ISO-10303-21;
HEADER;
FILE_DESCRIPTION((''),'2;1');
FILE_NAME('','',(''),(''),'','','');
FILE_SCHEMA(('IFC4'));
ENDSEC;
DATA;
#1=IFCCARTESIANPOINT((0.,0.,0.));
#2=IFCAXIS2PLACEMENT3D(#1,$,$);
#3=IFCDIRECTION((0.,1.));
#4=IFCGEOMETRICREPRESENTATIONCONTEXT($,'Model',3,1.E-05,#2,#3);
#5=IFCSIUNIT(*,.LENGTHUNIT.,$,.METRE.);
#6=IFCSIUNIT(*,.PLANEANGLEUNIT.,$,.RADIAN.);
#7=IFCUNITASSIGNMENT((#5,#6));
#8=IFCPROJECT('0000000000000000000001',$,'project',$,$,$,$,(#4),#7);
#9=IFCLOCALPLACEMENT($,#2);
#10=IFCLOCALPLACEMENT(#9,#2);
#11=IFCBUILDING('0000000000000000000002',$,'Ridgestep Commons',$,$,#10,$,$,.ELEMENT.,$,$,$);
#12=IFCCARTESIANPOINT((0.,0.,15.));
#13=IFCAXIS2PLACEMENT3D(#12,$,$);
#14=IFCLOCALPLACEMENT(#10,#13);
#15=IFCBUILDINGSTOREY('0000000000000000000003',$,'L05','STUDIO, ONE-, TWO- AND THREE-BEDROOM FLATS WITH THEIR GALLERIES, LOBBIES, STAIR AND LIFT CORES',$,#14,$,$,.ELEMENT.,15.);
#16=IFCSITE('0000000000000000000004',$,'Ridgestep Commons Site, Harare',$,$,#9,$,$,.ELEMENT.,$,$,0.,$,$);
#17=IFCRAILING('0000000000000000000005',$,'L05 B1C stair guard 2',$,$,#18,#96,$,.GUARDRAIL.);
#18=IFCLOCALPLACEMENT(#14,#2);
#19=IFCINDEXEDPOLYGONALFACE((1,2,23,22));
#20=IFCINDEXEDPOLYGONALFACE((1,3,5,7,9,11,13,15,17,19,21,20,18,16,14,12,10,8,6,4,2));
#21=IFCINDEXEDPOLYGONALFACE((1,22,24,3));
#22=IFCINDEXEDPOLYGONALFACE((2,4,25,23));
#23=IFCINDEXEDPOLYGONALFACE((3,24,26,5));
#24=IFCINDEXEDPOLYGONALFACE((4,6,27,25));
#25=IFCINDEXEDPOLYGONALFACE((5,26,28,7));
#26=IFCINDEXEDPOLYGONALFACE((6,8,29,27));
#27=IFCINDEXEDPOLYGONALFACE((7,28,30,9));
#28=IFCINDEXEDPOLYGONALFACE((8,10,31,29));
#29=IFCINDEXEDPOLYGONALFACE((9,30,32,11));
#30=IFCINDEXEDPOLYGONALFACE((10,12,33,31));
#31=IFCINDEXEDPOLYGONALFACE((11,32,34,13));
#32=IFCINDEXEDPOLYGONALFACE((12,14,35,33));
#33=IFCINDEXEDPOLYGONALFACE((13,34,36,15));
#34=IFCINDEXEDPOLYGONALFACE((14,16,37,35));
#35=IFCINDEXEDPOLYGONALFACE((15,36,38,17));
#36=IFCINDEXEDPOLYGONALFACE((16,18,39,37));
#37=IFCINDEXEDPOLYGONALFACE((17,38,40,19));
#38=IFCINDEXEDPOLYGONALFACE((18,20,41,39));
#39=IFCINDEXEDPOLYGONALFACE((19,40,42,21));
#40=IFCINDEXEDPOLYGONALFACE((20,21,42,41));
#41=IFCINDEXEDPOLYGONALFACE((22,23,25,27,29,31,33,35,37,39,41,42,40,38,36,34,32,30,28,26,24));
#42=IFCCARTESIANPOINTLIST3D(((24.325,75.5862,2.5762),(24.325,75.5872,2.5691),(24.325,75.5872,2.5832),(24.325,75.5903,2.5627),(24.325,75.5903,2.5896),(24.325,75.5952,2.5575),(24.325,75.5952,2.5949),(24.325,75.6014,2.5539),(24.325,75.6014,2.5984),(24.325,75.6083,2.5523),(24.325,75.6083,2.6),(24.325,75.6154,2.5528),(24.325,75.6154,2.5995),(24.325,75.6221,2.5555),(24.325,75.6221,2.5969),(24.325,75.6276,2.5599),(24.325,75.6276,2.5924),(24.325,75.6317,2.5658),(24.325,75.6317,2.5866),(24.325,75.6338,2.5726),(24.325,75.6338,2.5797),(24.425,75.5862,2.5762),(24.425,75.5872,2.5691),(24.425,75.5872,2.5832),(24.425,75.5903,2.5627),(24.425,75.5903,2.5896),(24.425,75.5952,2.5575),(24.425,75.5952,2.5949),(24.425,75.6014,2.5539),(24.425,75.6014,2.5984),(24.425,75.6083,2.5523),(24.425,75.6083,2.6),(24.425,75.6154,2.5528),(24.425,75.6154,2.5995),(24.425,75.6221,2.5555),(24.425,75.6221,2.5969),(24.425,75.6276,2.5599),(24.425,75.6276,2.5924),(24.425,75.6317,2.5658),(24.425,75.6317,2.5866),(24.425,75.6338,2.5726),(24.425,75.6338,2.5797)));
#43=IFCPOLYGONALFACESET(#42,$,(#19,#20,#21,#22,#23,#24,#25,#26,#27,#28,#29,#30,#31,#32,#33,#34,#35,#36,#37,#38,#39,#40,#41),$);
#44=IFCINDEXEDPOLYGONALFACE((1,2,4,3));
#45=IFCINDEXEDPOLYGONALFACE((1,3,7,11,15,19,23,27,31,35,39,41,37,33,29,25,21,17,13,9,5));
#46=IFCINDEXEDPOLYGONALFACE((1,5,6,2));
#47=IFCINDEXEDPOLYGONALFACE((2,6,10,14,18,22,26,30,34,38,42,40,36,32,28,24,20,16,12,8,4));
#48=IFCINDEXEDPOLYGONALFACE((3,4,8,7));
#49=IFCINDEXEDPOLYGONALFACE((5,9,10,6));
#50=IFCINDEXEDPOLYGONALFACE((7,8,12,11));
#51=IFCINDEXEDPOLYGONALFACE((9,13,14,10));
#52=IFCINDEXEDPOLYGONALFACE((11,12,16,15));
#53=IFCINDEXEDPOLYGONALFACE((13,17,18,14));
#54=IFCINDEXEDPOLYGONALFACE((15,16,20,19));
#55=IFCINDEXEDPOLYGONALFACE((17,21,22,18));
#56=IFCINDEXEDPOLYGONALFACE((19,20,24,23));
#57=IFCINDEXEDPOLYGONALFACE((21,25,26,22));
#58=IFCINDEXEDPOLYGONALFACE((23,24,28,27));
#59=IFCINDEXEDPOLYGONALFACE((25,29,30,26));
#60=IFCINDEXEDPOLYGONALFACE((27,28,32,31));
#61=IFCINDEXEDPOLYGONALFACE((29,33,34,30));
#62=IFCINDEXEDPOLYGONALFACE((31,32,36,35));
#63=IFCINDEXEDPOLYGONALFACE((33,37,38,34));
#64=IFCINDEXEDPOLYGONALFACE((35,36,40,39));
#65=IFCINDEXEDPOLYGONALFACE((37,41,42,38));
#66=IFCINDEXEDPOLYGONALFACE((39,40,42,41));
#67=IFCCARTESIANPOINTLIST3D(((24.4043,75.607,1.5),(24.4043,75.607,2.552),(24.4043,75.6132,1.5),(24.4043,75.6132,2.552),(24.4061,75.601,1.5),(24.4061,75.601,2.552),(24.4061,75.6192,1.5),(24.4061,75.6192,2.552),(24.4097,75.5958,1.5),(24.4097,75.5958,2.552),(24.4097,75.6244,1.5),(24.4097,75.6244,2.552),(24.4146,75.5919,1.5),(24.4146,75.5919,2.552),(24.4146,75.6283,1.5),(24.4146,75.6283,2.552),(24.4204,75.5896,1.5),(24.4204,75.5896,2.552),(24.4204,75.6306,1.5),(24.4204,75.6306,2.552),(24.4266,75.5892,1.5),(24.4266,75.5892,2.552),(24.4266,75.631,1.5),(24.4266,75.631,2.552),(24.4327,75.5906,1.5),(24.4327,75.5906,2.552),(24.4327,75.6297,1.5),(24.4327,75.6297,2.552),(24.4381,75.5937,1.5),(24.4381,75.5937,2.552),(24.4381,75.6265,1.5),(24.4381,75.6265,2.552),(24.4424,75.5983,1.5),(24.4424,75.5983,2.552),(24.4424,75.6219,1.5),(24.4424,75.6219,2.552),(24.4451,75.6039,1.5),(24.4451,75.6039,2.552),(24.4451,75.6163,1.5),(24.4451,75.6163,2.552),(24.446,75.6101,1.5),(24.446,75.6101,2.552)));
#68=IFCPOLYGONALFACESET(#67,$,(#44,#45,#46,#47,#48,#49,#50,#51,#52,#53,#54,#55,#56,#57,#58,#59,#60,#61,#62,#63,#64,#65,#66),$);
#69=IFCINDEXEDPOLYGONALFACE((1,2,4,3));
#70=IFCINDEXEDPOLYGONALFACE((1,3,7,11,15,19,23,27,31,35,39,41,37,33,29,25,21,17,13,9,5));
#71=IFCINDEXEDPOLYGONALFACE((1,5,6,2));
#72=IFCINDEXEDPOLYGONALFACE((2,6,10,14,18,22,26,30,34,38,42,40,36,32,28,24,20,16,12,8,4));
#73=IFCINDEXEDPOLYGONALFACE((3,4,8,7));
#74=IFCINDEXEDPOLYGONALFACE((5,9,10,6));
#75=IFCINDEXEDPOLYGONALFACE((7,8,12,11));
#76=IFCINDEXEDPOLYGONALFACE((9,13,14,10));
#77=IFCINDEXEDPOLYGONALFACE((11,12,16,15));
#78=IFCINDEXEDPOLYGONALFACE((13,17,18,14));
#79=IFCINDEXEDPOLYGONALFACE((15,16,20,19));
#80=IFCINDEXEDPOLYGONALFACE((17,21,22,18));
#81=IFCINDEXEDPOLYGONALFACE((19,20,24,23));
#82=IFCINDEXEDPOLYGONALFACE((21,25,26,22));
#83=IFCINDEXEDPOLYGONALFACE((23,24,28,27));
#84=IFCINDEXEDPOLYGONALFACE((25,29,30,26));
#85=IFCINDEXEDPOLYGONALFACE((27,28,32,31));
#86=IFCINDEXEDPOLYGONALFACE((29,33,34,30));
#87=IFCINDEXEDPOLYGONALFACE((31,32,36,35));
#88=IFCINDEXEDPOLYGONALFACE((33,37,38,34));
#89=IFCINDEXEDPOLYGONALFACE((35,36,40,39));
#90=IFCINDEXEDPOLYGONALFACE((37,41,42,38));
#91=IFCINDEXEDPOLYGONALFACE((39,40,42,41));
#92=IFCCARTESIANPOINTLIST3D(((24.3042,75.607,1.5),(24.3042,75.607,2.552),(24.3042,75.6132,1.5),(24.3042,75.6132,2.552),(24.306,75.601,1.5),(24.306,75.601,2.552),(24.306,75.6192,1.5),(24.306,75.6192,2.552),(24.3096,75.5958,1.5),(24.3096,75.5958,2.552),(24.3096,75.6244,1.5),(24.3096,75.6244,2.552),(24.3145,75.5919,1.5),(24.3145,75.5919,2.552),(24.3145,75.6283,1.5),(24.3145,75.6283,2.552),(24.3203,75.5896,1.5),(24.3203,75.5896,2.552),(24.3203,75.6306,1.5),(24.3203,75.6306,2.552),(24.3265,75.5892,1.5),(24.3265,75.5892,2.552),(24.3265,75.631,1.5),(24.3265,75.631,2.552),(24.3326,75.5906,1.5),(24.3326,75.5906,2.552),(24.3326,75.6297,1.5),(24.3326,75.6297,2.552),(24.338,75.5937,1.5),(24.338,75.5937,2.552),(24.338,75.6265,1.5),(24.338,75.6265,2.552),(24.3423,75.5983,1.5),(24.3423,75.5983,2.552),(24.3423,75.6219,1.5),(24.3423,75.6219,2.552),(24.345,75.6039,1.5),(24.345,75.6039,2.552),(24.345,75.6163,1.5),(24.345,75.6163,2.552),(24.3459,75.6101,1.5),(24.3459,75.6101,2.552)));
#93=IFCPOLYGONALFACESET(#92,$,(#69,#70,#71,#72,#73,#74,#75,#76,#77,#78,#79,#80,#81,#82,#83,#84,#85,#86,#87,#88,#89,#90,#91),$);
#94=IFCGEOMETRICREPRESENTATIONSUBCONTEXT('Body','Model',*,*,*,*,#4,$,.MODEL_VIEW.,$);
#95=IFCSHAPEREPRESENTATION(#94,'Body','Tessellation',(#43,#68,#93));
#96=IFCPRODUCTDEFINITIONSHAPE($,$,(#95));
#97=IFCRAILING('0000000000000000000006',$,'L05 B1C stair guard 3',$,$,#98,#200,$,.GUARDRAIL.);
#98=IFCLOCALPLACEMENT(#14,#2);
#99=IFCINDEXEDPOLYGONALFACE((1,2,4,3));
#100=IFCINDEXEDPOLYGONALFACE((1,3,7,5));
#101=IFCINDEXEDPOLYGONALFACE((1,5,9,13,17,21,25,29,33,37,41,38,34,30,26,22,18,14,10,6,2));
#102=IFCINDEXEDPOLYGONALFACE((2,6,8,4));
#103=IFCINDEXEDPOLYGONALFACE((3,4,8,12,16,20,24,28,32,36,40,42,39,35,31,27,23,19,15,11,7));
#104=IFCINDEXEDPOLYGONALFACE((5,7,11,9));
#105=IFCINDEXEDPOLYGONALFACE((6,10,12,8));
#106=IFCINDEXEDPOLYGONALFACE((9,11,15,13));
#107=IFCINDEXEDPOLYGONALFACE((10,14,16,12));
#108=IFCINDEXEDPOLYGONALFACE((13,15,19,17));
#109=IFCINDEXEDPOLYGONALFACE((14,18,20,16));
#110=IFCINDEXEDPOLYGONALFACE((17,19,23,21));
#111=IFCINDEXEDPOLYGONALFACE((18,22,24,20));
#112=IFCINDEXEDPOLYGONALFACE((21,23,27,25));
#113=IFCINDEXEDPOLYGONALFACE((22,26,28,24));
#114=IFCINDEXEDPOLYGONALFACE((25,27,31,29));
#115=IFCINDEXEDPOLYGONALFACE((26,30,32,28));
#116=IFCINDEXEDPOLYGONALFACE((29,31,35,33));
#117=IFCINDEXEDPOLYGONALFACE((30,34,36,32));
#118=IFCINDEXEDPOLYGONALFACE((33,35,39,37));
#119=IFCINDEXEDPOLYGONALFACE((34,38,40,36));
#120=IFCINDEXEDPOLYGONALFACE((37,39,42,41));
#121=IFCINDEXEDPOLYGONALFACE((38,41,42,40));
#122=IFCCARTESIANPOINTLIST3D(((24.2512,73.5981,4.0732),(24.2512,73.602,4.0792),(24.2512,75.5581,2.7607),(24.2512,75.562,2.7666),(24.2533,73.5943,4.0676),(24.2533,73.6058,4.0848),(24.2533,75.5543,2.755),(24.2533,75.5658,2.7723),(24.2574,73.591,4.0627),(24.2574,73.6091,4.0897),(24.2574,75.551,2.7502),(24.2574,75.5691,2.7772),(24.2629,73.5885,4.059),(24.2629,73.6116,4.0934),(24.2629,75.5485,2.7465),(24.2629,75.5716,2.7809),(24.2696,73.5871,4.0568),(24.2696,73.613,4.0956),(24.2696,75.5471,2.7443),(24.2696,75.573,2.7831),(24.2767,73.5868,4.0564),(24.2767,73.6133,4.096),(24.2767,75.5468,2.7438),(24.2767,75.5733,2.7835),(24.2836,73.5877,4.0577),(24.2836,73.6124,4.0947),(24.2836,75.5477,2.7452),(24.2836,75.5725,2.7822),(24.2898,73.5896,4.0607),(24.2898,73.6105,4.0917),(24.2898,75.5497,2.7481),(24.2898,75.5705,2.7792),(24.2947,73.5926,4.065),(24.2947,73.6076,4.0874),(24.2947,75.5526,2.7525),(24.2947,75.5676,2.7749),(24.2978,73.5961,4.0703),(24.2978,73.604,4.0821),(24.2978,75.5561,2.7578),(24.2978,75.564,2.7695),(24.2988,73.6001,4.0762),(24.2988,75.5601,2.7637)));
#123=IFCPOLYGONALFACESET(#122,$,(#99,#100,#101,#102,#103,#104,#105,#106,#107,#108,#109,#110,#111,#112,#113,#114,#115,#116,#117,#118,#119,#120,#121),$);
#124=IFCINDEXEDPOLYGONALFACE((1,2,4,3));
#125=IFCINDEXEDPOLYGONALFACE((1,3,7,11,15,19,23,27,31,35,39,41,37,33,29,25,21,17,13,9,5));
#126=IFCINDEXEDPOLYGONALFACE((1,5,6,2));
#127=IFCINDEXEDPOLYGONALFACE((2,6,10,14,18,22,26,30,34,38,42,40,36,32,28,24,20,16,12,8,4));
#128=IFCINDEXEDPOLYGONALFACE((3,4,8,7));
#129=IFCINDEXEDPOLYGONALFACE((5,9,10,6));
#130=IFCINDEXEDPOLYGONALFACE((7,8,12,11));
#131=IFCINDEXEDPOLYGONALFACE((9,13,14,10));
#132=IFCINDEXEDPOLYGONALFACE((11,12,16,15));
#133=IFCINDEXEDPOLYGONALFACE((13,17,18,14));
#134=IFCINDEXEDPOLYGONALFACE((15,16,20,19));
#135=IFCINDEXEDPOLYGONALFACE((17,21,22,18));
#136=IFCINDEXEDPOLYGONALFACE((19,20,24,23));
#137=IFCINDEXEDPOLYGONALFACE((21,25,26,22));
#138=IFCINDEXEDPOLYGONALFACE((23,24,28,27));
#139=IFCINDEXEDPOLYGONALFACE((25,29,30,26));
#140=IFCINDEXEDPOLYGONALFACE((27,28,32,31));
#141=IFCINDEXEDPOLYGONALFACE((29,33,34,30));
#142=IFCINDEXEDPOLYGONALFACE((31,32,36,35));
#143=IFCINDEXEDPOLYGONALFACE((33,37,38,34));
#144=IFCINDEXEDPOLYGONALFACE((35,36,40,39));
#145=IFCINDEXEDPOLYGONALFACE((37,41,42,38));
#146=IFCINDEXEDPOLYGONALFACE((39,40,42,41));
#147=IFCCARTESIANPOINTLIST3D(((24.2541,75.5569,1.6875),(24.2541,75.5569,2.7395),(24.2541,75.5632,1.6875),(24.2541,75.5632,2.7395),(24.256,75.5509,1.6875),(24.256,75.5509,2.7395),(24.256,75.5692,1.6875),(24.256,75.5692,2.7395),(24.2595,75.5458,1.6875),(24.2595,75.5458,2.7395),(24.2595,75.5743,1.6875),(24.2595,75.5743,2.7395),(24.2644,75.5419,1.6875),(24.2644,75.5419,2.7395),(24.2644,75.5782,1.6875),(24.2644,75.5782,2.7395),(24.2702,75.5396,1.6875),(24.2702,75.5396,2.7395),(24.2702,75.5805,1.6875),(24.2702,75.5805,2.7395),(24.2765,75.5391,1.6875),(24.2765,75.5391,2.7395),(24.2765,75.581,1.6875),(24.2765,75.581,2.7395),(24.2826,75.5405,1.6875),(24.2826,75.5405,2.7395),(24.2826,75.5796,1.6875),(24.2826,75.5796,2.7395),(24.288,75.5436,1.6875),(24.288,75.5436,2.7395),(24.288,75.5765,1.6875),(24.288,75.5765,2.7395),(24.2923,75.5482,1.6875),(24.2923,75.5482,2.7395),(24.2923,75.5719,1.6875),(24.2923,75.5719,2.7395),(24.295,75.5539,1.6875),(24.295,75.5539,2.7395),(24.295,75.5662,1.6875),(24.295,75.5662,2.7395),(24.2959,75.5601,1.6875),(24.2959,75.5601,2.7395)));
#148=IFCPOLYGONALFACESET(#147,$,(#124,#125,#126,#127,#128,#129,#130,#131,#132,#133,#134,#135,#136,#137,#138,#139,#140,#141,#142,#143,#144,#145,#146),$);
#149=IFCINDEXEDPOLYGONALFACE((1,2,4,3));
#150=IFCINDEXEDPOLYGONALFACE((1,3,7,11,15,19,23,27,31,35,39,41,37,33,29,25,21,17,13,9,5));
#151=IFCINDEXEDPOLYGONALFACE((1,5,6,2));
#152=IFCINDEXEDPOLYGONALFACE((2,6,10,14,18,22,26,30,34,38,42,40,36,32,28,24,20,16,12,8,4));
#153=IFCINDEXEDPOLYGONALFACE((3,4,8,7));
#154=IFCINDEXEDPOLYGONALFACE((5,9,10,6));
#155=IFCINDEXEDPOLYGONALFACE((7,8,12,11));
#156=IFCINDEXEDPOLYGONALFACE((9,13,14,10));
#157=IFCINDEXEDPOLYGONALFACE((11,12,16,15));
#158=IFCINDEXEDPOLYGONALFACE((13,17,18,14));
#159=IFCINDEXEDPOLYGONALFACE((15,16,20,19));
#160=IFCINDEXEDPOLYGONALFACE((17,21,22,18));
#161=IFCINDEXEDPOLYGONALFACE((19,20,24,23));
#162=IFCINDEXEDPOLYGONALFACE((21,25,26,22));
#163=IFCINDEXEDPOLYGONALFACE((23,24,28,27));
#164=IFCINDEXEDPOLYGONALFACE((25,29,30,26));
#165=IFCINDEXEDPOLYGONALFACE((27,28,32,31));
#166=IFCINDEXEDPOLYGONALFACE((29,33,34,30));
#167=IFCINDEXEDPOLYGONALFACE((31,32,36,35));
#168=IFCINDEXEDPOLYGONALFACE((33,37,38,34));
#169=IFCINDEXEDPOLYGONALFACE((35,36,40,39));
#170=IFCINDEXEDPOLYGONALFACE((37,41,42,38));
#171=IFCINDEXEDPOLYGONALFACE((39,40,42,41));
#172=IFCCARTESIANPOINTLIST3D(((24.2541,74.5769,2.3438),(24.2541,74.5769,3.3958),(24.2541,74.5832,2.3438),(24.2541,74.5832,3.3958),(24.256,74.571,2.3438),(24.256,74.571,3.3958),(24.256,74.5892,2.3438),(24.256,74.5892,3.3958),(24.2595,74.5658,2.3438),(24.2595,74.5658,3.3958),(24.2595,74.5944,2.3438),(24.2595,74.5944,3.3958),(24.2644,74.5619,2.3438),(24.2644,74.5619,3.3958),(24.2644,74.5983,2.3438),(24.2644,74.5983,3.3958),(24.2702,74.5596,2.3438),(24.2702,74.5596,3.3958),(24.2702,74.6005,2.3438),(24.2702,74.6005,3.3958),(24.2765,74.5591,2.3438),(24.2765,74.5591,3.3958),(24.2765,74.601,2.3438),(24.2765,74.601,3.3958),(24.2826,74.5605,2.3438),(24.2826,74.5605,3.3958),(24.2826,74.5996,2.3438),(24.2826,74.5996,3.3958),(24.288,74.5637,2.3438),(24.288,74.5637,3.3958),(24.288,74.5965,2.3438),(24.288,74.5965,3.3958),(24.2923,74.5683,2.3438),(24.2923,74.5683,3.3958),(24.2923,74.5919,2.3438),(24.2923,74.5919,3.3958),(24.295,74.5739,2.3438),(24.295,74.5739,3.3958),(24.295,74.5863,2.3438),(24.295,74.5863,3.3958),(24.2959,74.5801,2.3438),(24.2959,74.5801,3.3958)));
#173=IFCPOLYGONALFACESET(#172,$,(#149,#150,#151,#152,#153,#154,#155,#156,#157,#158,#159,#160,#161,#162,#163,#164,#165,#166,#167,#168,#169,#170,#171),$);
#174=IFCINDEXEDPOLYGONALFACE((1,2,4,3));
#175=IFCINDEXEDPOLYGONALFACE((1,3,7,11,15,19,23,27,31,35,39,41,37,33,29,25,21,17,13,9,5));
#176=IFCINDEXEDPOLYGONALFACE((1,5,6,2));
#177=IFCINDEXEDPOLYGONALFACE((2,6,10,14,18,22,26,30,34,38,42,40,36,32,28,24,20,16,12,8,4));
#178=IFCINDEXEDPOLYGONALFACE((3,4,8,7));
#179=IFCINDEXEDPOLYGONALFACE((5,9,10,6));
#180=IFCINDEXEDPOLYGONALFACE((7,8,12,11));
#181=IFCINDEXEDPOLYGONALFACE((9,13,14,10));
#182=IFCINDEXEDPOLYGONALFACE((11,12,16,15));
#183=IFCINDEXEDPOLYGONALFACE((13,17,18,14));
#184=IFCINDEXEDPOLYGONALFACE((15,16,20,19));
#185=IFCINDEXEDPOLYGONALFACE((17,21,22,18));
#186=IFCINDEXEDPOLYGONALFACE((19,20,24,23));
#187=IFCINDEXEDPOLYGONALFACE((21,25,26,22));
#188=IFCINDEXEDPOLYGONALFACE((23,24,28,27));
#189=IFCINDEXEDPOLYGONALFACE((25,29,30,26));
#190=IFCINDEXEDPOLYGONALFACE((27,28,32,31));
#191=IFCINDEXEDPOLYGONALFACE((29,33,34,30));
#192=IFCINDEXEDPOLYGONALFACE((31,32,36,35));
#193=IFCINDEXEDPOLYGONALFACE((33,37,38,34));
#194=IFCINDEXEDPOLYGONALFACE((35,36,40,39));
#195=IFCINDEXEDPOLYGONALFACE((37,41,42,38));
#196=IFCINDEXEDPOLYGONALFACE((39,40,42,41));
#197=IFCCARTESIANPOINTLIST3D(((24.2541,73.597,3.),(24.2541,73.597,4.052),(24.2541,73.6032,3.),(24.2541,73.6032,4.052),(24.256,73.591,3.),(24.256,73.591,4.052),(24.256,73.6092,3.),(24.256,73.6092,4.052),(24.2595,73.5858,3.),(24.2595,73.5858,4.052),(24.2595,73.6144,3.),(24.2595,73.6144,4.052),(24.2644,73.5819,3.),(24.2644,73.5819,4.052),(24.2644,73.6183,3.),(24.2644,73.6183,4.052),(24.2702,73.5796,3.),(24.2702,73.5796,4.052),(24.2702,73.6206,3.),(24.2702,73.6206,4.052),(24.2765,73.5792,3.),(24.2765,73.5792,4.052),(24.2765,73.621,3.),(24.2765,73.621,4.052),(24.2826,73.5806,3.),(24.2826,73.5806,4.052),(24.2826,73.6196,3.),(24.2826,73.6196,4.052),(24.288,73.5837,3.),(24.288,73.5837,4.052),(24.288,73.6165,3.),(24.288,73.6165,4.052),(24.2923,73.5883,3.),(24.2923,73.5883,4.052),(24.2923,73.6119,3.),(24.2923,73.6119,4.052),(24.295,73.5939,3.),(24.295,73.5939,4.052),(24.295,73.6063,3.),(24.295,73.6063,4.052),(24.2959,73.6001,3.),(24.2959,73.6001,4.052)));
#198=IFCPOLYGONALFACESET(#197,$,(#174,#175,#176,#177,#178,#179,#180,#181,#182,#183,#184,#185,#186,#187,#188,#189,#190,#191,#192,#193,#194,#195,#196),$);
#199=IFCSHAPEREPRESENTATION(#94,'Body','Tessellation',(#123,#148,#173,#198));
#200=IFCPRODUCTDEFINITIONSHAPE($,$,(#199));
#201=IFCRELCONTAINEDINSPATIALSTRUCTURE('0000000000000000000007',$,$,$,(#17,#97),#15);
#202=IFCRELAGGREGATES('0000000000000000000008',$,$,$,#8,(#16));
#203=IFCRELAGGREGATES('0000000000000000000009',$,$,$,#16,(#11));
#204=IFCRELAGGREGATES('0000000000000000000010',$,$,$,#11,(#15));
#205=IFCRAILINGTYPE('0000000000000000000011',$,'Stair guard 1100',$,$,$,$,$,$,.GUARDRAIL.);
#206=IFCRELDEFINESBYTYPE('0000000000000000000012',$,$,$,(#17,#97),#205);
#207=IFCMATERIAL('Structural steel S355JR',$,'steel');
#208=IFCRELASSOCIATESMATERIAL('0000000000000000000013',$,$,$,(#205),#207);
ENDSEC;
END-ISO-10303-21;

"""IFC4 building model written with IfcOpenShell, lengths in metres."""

from ifc_helpers import new_model, si_unit, direction, frame, origin, origin_2d, place, context, subcontext, project, spatial, circle, extrude, material, type_object, element, save


model = new_model("IFC4")

# Units and contexts
model_context = context("Model", 3, precision=1e-05, world=origin(), true_north=direction((0.0, 1.0)))
body_context = subcontext(model_context, "Body", "Model", "MODEL_VIEW")
ifc_project = project(units=[si_unit("LENGTHUNIT", "METRE"), si_unit("PLANEANGLEUNIT", "RADIAN")], contexts=[model_context])

# Site, building, storey
site_placement = place(None, origin())
site = spatial("IfcSite", under=ifc_project, at=site_placement, Name="Ridgestep Commons Site, Harare", CompositionType="ELEMENT", RefElevation=0.0)
building_placement = place(site_placement, origin())
building = spatial("IfcBuilding", under=site, at=building_placement, Name="Ridgestep Commons", CompositionType="ELEMENT")
storey_placement = place(building_placement, frame((0.0, 0.0, 15.0)))
storey = spatial("IfcBuildingStorey", under=building, at=storey_placement, Name="L05", Description="STUDIO, ONE-, TWO- AND THREE-BEDROOM FLATS WITH THEIR GALLERIES, LOBBIES, STAIR AND LIFT CORES", CompositionType="ELEMENT", Elevation=15.0)

# Railings
ifc_material_1 = material(Name="Structural steel S355JR", Category="steel")
railing_type = type_object("IfcRailingType", Name="Stair guard 1100", PredefinedType="GUARDRAIL", material=ifc_material_1)
railing_1_placement = place(storey_placement, frame((24.425, 75.6101, 1.5)))
element("IfcRailing", 1, at=railing_1_placement, inside=storey, type_object=railing_type, Name="L05 B1C stair guard 2", PredefinedType="GUARDRAIL", context=body_context, shape_type="SweptSolid", body=[
    extrude(circle(Radius=0.0239, at=origin_2d()), frame((0.0, 0.0, 1.0762), z_axis=(-1.0, 0.0, 0.0), x_axis=(0.0, -1.0, 0.0)), (0.0, 0.0, 1.0), 0.1001),
    extrude(circle(Radius=0.021, at=origin_2d()), origin(), (0.0, 0.0, 1.0), 1.052),
    extrude(circle(Radius=0.021, at=origin_2d()), frame((-0.1001, 0.0, 0.0)), (0.0, 0.0, 1.0), 1.052),
])
railing_2_placement = place(storey_placement, frame((24.2749, 75.5601, 1.6875)))
element("IfcRailing", 2, at=railing_2_placement, inside=storey, type_object=railing_type, Name="L05 B1C stair guard 3", PredefinedType="GUARDRAIL", context=body_context, shape_type="SweptSolid", body=[
    extrude(circle(Radius=0.0239, at=origin_2d()), frame((0.0, 0.0, 1.0762), z_axis=(0.0, -0.830902, 0.556419), x_axis=(1.0, 0.0, 0.0)), (0.0, 0.0, 1.0), 2.3589),
    extrude(circle(Radius=0.021, at=origin_2d()), origin(), (0.0, 0.0, 1.0), 1.052),
    extrude(circle(Radius=0.021, at=origin_2d()), frame((0.0, -0.98, 0.6562)), (0.0, 0.0, 1.0), 1.052),
    extrude(circle(Radius=0.021, at=origin_2d()), frame((0.0, -1.96, 1.3125)), (0.0, 0.0, 1.0), 1.052),
])

save(model, "model.ifc")
